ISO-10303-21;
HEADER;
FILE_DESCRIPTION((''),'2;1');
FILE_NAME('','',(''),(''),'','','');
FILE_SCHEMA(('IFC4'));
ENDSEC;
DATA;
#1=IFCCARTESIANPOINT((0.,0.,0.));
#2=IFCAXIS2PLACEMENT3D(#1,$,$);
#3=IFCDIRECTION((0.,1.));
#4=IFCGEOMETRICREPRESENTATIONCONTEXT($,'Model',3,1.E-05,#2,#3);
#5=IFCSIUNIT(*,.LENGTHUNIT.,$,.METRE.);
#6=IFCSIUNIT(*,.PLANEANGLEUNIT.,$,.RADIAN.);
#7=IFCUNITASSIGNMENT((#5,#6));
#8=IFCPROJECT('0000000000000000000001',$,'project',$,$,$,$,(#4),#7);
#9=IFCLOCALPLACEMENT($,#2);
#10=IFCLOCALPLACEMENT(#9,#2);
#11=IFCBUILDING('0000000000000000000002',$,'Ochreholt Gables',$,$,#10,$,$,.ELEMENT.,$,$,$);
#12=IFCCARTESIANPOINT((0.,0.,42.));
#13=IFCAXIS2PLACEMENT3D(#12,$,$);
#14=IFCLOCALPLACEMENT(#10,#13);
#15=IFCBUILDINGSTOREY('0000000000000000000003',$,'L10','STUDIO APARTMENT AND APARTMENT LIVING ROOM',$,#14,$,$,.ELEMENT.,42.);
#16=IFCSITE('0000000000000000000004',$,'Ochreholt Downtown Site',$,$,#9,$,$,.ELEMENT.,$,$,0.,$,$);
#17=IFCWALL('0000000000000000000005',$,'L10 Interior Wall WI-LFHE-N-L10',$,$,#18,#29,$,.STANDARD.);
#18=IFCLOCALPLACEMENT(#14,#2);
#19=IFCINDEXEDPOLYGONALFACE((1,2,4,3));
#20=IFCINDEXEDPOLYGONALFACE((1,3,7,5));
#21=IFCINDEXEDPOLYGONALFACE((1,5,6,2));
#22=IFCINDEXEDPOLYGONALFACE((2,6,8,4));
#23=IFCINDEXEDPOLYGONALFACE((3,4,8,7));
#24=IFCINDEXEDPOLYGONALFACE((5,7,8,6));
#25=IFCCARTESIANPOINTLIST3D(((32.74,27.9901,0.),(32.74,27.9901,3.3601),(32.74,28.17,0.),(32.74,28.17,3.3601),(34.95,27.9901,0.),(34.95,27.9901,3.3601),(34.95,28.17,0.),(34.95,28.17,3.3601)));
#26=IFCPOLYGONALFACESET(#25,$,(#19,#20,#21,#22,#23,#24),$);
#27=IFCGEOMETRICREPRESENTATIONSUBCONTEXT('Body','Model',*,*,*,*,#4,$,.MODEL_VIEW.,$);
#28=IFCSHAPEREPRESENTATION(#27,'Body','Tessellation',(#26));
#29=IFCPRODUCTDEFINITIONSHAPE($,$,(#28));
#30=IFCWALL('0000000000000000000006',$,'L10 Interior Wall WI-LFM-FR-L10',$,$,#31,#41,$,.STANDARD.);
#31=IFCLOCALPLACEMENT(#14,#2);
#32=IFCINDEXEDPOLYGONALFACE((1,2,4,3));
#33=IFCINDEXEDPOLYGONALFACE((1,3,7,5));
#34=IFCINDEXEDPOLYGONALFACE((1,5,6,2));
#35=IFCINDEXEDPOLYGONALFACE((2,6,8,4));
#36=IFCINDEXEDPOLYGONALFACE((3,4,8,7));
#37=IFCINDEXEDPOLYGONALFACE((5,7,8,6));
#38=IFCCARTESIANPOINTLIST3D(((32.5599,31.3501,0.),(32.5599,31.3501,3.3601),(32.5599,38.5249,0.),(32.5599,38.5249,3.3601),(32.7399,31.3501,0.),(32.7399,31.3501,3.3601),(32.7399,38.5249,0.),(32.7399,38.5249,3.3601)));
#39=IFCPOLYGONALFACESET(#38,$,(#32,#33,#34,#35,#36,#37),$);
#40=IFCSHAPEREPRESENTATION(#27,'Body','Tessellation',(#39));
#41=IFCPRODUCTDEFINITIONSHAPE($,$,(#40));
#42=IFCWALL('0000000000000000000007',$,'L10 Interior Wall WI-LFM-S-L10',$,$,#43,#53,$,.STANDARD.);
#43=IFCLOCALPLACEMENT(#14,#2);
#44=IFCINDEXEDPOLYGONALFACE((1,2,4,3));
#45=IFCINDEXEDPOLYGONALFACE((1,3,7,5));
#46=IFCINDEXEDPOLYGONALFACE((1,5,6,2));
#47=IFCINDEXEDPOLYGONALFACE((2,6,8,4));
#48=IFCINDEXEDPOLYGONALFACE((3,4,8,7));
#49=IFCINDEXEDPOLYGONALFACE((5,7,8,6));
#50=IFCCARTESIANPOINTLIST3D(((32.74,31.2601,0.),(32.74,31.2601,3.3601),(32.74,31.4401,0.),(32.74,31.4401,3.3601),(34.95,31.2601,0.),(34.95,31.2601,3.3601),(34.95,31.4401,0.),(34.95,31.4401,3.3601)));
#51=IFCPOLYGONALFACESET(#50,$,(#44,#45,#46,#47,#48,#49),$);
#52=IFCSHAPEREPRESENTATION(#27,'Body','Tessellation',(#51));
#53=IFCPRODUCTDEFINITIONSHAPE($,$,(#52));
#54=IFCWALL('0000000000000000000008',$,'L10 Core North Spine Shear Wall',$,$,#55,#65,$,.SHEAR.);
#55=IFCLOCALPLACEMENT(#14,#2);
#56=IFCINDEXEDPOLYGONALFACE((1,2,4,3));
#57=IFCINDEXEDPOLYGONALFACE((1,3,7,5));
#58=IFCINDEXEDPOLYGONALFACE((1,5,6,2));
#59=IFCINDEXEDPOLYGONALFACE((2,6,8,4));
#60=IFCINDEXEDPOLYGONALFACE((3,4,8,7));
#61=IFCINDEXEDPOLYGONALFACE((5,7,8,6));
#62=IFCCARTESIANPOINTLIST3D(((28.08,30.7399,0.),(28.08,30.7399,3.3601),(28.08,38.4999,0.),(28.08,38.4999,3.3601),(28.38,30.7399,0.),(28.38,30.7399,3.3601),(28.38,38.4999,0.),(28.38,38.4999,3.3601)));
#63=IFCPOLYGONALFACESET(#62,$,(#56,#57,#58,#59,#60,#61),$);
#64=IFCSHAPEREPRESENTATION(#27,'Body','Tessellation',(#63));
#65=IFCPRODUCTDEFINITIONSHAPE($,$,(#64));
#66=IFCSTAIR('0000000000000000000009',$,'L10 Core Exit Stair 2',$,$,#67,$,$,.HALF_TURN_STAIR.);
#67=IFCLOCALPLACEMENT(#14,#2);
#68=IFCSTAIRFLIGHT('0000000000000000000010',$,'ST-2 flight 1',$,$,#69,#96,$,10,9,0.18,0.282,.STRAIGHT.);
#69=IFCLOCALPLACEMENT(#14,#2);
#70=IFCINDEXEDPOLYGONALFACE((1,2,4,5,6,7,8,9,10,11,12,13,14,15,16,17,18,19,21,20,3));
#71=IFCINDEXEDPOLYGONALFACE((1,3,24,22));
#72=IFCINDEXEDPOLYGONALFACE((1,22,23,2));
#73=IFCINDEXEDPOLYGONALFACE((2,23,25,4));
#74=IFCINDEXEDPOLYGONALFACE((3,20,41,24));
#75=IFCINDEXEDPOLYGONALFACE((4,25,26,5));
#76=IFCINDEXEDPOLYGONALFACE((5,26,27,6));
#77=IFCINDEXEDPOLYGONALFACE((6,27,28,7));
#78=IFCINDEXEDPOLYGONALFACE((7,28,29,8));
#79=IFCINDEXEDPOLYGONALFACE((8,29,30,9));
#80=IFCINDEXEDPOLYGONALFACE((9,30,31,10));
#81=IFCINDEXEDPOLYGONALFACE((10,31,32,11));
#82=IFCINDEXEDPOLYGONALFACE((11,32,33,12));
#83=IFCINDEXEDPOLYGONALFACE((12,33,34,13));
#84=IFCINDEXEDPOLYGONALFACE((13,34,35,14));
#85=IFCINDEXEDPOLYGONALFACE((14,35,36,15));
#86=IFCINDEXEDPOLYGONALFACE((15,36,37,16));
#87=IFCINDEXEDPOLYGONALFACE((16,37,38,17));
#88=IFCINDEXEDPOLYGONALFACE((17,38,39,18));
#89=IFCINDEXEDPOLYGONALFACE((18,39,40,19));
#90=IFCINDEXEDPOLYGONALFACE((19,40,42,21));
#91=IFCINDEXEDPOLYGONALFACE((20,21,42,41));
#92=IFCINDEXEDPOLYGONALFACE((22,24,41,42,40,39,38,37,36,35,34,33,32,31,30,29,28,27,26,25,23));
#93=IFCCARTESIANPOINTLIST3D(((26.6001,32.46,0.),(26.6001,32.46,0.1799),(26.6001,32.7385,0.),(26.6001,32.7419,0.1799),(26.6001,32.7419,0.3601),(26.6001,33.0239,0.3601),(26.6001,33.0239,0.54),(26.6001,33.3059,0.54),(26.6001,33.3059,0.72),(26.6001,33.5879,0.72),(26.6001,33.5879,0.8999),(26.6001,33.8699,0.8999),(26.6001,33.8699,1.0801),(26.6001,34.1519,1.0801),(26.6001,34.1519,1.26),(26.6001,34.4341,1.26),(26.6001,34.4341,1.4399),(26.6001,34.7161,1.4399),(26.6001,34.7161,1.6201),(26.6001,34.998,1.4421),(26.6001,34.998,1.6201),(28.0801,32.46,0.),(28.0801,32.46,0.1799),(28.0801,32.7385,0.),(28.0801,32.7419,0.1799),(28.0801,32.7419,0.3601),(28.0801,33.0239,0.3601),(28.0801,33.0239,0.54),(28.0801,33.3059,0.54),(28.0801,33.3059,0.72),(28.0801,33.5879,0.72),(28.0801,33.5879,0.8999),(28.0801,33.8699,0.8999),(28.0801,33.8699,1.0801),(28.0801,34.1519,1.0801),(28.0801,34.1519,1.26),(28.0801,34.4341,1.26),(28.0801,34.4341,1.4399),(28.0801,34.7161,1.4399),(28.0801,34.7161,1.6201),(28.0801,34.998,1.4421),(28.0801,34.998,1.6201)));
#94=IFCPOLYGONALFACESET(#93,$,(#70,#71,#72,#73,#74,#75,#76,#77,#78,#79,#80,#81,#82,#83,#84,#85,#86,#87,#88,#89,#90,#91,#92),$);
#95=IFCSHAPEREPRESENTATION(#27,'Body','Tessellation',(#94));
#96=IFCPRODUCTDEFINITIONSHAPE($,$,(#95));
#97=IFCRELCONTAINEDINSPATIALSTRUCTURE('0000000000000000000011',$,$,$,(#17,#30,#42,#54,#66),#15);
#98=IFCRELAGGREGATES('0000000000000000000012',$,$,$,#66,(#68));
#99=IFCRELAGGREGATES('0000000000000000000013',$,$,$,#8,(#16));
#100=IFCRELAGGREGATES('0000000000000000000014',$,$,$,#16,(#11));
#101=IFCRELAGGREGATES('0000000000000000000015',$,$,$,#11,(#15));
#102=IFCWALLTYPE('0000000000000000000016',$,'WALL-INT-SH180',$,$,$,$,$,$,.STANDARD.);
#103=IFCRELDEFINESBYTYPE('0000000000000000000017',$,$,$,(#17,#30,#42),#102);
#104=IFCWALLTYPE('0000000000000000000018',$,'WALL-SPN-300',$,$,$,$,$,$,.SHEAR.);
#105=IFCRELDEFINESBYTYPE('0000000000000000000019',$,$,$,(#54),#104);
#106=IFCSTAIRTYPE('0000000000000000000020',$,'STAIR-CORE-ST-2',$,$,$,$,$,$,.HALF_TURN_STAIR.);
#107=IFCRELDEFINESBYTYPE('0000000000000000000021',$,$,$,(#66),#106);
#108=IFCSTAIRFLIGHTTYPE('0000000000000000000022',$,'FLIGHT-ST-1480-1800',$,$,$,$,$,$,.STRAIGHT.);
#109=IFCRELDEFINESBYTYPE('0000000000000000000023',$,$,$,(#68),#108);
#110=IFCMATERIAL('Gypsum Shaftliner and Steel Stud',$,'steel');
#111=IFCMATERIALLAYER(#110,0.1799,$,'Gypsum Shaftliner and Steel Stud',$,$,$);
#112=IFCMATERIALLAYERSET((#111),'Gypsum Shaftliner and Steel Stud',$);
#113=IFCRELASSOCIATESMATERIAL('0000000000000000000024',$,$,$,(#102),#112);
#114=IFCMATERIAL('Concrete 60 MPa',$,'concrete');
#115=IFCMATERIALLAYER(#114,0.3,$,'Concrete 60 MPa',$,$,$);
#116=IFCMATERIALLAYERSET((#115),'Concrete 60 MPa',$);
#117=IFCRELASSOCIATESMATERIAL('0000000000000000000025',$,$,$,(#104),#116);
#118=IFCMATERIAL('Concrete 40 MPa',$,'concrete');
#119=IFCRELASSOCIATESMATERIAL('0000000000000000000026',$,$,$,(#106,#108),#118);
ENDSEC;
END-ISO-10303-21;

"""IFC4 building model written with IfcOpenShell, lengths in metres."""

from ifc_helpers import new_model, si_unit, direction, frame, frame_2d, origin, place, context, subcontext, project, spatial, polyline, rectangle, outline, extrude, material, layer, layer_set, type_object, element, aggregate, save


model = new_model("IFC4")

# Units and contexts
model_context = context("Model", 3, precision=1e-05, world=origin(), true_north=direction((0.0, 1.0)))
body_context = subcontext(model_context, "Body", "Model", "MODEL_VIEW")
ifc_project = project(units=[si_unit("LENGTHUNIT", "METRE"), si_unit("PLANEANGLEUNIT", "RADIAN")], contexts=[model_context])

# Site, building, storey
site_placement = place(None, origin())
site = spatial("IfcSite", under=ifc_project, at=site_placement, Name="Ochreholt Downtown Site", CompositionType="ELEMENT", RefElevation=0.0)
building_placement = place(site_placement, origin())
building = spatial("IfcBuilding", under=site, at=building_placement, Name="Ochreholt Gables", CompositionType="ELEMENT")
storey_placement = place(building_placement, frame((0.0, 0.0, 42.0)))
storey = spatial("IfcBuildingStorey", under=building, at=storey_placement, Name="L10", Description="STUDIO APARTMENT AND APARTMENT LIVING ROOM", CompositionType="ELEMENT", Elevation=42.0)

# Shared definitions
ifc_material_1 = material(Name="Concrete 60 MPa", Category="concrete")

# Shared definitions
ifc_material_2 = material(Name="Concrete 40 MPa", Category="concrete")

# Walls
ifc_material_3 = material(Name="Gypsum Shaftliner and Steel Stud", Category="steel")
ifc_layer_1 = layer(ifc_material_3, 0.1799, Name="Gypsum Shaftliner and Steel Stud")
ifc_layer_set_1 = layer_set([ifc_layer_1], Name="Gypsum Shaftliner and Steel Stud")
wall_type_1 = type_object("IfcWallType", Name="WALL-INT-SH180", PredefinedType="STANDARD", material=ifc_layer_set_1)
wall_1_placement = place(storey_placement, frame((32.74, 28.0801, 0.0), z_axis=(0.0, 0.0, 1.0), x_axis=(1.0, 0.0, 0.0)))
element("IfcWall", 1, at=wall_1_placement, inside=storey, type_object=wall_type_1, Name="L10 Interior Wall WI-LFHE-N-L10", PredefinedType="STANDARD", context=body_context, shape_type="SweptSolid", body=[
    extrude(rectangle(XDim=2.21, YDim=0.1799, at=frame_2d((1.105, 0.0))), origin(), (0.0, 0.0, 1.0), 3.3601),
])
wall_2_placement = place(storey_placement, frame((32.6499, 31.3501, 0.0), z_axis=(0.0, 0.0, 1.0), x_axis=(0.0, 1.0, 0.0)))
element("IfcWall", 2, at=wall_2_placement, inside=storey, type_object=wall_type_1, Name="L10 Interior Wall WI-LFM-FR-L10", PredefinedType="STANDARD", context=body_context, shape_type="SweptSolid", body=[
    extrude(rectangle(XDim=7.1748, YDim=0.1799, at=frame_2d((3.5874, 0.0))), origin(), (0.0, 0.0, 1.0), 3.3601),
])
wall_3_placement = place(storey_placement, frame((32.74, 31.3501, 0.0), z_axis=(0.0, 0.0, 1.0), x_axis=(1.0, 0.0, 0.0)))
element("IfcWall", 3, at=wall_3_placement, inside=storey, type_object=wall_type_1, Name="L10 Interior Wall WI-LFM-S-L10", PredefinedType="STANDARD", context=body_context, shape_type="SweptSolid", body=[
    extrude(rectangle(XDim=2.21, YDim=0.1799, at=frame_2d((1.105, 0.0))), origin(), (0.0, 0.0, 1.0), 3.3601),
])
ifc_layer_2 = layer(ifc_material_1, 0.3, Name="Concrete 60 MPa")
ifc_layer_set_2 = layer_set([ifc_layer_2], Name="Concrete 60 MPa")
wall_type_2 = type_object("IfcWallType", Name="WALL-SPN-300", PredefinedType="SHEAR", material=ifc_layer_set_2)
wall_4_placement = place(storey_placement, frame((28.23, 30.74, 0.0), z_axis=(0.0, 0.0, 1.0), x_axis=(0.0, 1.0, 0.0)))
element("IfcWall", 4, at=wall_4_placement, inside=storey, type_object=wall_type_2, Name="L10 Core North Spine Shear Wall", PredefinedType="SHEAR", context=body_context, shape_type="SweptSolid", body=[
    extrude(rectangle(XDim=7.76, YDim=0.3, at=frame_2d((3.8799, 0.0))), origin(), (0.0, 0.0, 1.0), 3.3601),
])

# Stair, stair flight
stair_type = type_object("IfcStairType", Name="STAIR-CORE-ST-2", PredefinedType="HALF_TURN_STAIR", material=ifc_material_2)
stair_placement = place(storey_placement, origin())
stair = element("IfcStair", 5, at=stair_placement, inside=storey, type_object=stair_type, Name="L10 Core Exit Stair 2", PredefinedType="HALF_TURN_STAIR")
stair_flight_type = type_object("IfcStairFlightType", Name="FLIGHT-ST-1480-1800", PredefinedType="STRAIGHT", material=ifc_material_2)
stair_flight_placement = place(storey_placement, frame((27.3401, 32.46, 0.0), z_axis=(0.0, 0.0, 1.0), x_axis=(0.0, 1.0, 0.0)))
stair_flight = element("IfcStairFlight", 6, at=stair_flight_placement, type_object=stair_flight_type, Name="ST-2 flight 1", NumberOfRisers=10, NumberOfTreads=9, PredefinedType="STRAIGHT", RiserHeight=0.18, TreadLength=0.282, context=body_context, shape_type="SweptSolid", body=[
    extrude(outline(polyline([(0.0, 0.0), (0.0, 0.1799), (0.282, 0.1799), (0.282, 0.3601), (0.564, 0.3601), (0.564, 0.54), (0.8459, 0.54), (0.8459, 0.72), (1.1279, 0.72), (1.1279, 0.8999), (1.4099, 0.8999), (1.4099, 1.0801), (1.6919, 1.0801), (1.6919, 1.26), (1.9741, 1.26), (1.9741, 1.4399), (2.2561, 1.4399), (2.2561, 1.6201), (2.5381, 1.6201), (2.5381, 1.8), (2.5381, 1.4421), (0.2786, 0.0), (0.0, 0.0)])), frame((0.0, 0.74, 0.0), z_axis=(0.0, -1.0, 0.0), x_axis=(1.0, 0.0, 0.0)), (0.0, 0.0, 1.0), 1.48),
])
aggregate(stair, [stair_flight])

save(model, "model.ifc")
